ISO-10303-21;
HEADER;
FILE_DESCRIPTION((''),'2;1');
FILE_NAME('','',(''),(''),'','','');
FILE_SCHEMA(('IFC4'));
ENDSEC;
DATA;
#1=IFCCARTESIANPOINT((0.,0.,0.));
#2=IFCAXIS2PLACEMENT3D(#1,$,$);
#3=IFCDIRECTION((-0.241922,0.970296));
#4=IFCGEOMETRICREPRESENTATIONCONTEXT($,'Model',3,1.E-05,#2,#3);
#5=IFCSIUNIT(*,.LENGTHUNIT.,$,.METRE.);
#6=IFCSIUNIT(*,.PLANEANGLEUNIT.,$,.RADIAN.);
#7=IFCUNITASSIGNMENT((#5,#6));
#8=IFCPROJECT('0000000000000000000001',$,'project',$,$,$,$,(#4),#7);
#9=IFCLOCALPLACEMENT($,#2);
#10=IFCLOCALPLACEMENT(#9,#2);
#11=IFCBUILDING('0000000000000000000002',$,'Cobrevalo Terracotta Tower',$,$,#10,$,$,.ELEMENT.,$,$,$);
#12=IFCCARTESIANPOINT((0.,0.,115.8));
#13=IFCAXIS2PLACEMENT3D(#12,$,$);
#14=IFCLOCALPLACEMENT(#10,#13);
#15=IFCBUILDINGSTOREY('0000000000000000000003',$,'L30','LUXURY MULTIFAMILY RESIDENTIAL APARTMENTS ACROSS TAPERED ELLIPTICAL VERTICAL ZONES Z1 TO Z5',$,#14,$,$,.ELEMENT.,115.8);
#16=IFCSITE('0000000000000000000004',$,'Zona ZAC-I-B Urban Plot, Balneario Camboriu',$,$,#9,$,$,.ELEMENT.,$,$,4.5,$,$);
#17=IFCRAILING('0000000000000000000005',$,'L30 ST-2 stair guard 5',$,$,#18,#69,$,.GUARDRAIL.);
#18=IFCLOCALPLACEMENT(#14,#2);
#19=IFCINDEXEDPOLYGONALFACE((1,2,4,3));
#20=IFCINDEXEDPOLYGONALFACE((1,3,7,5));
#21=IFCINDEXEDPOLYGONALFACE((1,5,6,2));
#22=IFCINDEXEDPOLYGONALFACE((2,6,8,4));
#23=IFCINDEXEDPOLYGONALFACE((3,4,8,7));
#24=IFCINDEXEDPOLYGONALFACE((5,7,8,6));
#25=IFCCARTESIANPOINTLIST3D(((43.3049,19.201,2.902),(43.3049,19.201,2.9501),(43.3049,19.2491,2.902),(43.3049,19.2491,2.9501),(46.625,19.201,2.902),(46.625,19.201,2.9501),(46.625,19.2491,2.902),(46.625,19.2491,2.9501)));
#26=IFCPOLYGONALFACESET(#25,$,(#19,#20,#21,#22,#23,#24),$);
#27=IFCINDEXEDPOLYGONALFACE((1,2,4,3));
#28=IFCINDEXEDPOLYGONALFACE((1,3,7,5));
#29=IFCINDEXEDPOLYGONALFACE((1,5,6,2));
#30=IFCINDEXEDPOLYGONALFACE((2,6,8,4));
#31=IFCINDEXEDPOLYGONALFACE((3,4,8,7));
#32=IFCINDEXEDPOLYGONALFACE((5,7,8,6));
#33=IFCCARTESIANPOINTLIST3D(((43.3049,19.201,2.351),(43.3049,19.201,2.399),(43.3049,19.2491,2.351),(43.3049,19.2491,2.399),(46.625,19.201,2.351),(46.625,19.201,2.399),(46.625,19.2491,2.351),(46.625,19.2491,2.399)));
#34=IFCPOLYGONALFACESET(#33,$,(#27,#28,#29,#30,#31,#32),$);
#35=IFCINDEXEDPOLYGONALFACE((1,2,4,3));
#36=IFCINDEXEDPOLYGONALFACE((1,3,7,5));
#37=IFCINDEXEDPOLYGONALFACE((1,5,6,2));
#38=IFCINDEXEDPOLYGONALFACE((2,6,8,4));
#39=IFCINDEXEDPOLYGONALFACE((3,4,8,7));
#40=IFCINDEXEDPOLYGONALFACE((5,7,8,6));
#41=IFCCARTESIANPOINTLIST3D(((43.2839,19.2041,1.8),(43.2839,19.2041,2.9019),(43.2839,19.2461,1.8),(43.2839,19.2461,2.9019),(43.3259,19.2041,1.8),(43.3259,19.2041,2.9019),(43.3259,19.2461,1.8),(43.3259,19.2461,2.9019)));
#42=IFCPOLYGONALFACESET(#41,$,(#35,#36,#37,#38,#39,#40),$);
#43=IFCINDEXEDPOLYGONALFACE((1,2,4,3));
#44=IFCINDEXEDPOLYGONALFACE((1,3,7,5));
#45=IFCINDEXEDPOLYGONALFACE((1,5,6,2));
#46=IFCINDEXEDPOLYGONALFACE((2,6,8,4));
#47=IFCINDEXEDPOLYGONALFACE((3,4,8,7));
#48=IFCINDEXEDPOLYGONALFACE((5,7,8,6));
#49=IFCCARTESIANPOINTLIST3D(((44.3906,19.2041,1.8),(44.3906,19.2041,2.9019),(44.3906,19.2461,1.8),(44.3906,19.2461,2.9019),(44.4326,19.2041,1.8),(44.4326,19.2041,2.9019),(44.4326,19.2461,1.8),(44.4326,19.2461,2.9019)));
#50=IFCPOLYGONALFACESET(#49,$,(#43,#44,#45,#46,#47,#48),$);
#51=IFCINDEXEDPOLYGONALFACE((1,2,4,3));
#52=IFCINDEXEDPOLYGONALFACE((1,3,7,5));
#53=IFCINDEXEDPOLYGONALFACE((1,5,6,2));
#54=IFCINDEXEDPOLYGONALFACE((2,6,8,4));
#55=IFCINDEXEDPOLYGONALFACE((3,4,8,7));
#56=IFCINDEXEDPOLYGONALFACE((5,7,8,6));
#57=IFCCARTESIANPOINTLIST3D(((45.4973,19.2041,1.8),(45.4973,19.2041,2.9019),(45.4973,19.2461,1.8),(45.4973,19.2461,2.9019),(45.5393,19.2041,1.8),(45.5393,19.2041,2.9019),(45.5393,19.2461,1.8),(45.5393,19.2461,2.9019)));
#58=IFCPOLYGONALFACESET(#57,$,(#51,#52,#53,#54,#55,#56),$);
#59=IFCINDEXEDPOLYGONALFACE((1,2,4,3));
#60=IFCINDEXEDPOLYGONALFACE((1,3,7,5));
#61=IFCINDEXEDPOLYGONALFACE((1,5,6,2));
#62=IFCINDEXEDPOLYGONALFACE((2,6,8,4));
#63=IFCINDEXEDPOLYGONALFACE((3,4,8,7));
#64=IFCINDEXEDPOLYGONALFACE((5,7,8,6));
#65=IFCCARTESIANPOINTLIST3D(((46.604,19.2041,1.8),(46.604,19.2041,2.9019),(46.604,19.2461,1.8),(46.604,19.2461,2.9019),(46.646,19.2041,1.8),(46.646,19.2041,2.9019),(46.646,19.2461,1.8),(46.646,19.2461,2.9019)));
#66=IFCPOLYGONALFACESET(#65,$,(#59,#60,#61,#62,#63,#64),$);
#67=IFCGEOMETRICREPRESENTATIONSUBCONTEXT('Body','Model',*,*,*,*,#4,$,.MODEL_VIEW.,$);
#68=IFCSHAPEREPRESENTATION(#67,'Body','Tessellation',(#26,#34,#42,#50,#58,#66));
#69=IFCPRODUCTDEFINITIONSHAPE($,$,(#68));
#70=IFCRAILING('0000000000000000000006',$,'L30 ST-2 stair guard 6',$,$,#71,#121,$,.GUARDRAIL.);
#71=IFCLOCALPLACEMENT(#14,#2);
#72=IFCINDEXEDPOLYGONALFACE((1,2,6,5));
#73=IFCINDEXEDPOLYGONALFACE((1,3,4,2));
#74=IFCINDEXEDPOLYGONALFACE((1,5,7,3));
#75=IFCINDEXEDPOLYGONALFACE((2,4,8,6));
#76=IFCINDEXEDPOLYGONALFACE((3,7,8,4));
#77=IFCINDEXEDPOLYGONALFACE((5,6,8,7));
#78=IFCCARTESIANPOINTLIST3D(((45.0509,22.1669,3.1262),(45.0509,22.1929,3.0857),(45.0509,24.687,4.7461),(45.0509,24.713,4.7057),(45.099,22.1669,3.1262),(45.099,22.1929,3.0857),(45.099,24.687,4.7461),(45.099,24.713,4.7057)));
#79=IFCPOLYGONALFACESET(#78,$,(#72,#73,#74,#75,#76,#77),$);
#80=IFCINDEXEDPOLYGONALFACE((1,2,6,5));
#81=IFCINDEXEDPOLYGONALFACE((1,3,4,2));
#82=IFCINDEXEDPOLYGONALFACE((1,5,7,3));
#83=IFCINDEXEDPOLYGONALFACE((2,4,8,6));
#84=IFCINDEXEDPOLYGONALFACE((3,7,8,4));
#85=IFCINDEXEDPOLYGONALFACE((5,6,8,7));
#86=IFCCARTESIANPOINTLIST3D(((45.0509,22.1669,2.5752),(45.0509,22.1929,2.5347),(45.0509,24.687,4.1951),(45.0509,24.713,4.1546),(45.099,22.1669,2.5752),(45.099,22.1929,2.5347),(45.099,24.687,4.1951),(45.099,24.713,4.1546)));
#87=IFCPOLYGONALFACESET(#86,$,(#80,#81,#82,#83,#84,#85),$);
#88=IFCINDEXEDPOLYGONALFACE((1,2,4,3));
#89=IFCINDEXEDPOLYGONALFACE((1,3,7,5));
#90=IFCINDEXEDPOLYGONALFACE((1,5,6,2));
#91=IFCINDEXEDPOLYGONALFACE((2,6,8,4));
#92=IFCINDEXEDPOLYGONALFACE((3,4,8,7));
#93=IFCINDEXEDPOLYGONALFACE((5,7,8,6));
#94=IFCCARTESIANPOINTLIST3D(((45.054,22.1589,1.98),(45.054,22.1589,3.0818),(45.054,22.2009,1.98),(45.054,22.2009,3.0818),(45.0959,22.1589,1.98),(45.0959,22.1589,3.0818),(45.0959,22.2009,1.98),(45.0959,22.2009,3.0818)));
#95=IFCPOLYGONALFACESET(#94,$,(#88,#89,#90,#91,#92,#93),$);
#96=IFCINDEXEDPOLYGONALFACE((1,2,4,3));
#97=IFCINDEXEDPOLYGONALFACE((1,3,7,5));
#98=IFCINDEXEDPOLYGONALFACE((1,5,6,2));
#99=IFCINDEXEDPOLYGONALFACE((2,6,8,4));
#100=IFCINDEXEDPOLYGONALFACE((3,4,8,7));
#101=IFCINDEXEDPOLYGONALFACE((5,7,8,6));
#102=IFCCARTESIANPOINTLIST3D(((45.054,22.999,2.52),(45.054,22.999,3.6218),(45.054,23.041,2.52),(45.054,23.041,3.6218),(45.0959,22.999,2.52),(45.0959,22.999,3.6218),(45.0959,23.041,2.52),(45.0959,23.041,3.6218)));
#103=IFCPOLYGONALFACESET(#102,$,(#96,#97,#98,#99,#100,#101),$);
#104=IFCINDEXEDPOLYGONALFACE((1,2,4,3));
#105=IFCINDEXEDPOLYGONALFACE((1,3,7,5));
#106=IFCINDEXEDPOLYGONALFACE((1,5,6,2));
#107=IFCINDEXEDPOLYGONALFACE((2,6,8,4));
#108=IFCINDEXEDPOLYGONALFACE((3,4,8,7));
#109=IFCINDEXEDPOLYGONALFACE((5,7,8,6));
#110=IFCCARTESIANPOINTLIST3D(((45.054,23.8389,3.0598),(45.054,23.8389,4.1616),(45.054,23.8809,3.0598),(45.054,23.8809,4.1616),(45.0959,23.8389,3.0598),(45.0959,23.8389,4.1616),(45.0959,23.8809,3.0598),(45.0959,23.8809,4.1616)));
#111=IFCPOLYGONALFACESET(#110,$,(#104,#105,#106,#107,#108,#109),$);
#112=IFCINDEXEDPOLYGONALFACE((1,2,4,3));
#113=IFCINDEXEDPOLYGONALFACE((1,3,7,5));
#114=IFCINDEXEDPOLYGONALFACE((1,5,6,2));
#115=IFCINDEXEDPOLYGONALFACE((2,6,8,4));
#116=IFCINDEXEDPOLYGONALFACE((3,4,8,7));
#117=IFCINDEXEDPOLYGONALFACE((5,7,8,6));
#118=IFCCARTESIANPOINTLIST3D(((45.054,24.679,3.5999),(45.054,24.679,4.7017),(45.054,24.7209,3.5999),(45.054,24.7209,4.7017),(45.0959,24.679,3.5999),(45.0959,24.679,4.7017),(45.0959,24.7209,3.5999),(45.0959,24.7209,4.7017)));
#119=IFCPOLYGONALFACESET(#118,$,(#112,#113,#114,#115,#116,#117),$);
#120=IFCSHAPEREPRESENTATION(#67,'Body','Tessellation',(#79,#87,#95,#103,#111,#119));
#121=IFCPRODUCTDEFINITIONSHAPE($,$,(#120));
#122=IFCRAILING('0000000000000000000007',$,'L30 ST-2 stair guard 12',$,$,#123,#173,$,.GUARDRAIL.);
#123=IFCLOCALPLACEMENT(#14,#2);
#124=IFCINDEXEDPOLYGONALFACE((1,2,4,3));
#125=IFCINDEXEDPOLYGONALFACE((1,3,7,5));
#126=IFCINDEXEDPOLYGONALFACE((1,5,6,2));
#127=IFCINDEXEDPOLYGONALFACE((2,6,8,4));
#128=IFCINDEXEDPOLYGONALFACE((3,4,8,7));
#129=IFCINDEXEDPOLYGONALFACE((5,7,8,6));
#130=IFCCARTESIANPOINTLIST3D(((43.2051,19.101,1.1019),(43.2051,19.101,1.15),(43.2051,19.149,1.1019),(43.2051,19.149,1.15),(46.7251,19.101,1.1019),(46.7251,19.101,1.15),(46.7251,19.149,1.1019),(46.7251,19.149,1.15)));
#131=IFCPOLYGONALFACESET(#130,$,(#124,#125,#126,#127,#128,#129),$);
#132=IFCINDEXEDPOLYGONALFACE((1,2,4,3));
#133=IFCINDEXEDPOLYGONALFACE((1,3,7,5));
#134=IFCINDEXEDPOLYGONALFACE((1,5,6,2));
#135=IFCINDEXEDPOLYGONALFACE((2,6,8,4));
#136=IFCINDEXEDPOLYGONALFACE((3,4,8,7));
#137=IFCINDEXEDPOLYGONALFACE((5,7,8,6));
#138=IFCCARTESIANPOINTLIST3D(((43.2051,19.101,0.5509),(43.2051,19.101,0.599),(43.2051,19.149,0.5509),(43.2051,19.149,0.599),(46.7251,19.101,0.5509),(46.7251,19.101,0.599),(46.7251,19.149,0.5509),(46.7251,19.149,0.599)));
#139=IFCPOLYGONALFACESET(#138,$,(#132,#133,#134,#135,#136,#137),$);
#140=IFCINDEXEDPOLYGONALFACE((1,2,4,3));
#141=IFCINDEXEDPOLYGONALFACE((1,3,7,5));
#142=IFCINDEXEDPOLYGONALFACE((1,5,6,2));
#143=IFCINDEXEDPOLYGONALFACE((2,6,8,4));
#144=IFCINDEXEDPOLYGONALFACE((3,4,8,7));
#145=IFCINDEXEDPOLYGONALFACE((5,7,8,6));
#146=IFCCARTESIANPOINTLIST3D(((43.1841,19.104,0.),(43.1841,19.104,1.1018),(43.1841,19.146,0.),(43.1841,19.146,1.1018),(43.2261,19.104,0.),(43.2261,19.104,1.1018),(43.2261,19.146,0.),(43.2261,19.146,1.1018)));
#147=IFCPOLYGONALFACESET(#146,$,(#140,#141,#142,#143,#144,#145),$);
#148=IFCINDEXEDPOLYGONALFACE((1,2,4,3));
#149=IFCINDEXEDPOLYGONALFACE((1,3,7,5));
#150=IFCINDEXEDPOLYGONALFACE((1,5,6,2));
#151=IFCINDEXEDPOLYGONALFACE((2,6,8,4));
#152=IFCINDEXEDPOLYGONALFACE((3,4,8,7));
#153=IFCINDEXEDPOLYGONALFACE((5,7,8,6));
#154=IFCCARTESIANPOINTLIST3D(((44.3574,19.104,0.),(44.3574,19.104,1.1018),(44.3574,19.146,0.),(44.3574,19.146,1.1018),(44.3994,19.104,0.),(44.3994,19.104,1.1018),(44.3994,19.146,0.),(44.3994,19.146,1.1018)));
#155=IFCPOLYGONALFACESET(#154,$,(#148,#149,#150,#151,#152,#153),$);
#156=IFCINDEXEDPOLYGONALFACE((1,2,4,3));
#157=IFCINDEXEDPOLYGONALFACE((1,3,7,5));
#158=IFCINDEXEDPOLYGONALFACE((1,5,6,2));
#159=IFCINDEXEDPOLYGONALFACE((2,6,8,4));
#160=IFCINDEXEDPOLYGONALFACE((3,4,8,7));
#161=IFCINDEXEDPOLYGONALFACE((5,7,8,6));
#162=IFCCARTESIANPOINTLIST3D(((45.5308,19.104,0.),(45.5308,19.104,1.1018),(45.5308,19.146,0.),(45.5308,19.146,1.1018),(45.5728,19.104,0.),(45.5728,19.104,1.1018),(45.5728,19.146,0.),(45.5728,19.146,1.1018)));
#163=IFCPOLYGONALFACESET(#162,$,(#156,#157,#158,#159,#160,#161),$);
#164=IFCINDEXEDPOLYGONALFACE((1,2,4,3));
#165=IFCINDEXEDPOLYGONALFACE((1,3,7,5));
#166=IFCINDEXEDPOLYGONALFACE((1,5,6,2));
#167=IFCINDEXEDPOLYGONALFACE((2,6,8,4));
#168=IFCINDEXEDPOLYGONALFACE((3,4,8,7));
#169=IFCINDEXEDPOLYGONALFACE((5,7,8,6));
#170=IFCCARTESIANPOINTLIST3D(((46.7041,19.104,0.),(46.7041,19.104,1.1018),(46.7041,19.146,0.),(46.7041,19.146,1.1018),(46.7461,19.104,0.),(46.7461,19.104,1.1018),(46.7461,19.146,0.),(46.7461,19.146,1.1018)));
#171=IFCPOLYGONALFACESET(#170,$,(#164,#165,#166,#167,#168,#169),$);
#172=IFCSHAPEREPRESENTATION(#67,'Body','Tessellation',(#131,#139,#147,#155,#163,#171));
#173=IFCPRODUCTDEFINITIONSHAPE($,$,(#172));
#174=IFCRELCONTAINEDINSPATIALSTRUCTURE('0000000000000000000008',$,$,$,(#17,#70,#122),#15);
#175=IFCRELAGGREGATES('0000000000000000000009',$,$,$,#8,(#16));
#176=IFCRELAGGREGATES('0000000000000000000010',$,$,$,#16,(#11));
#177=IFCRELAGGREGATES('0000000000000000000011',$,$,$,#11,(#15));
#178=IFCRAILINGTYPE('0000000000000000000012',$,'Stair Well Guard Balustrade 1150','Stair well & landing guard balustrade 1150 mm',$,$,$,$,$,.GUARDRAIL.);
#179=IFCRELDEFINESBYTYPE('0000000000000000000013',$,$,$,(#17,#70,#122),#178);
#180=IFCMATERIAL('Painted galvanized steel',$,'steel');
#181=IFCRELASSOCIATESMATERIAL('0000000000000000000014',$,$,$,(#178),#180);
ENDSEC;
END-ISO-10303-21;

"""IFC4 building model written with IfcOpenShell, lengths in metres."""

from ifc_helpers import new_model, si_unit, direction, frame, origin, origin_2d, place, context, subcontext, project, spatial, rectangle, extrude, material, type_object, element, save


model = new_model("IFC4")

# Units and contexts
model_context = context("Model", 3, precision=1e-05, world=origin(), true_north=direction((-0.241922, 0.970296)))
body_context = subcontext(model_context, "Body", "Model", "MODEL_VIEW")
ifc_project = project(units=[si_unit("LENGTHUNIT", "METRE"), si_unit("PLANEANGLEUNIT", "RADIAN")], contexts=[model_context])

# Site, building, storey
site_placement = place(None, origin())
site = spatial("IfcSite", under=ifc_project, at=site_placement, Name="Zona ZAC-I-B Urban Plot, Balneario Camboriu", CompositionType="ELEMENT", RefElevation=4.5)
building_placement = place(site_placement, origin())
building = spatial("IfcBuilding", under=site, at=building_placement, Name="Cobrevalo Terracotta Tower", CompositionType="ELEMENT")
storey_placement = place(building_placement, frame((0.0, 0.0, 115.8)))
storey = spatial("IfcBuildingStorey", under=building, at=storey_placement, Name="L30", Description="LUXURY MULTIFAMILY RESIDENTIAL APARTMENTS ACROSS TAPERED ELLIPTICAL VERTICAL ZONES Z1 TO Z5", CompositionType="ELEMENT", Elevation=115.8)

# Railings
ifc_material_1 = material(Name="Painted galvanized steel", Category="steel")
railing_type_1 = type_object("IfcRailingType", Name="Stair Well Guard Balustrade 1150", Description="Stair well & landing guard balustrade 1150 mm", PredefinedType="GUARDRAIL", material=ifc_material_1)
railing_1_placement = place(storey_placement, frame((43.3049, 19.2251, 1.8)))
element("IfcRailing", 1, at=railing_1_placement, inside=storey, type_object=railing_type_1, Name="L30 ST-2 stair guard 5", PredefinedType="GUARDRAIL", context=body_context, shape_type="SweptSolid", body=[
    extrude(rectangle(XDim=0.0481, YDim=0.0481, at=origin_2d()), frame((0.0, 0.0, 1.126), z_axis=(1.0, 0.0, 0.0), x_axis=(0.0, 1.0, 0.0)), (0.0, 0.0, 1.0), 3.3201),
    extrude(rectangle(XDim=0.0481, YDim=0.0481, at=origin_2d()), frame((0.0, 0.0, 0.575), z_axis=(1.0, 0.0, 0.0), x_axis=(0.0, 1.0, 0.0)), (0.0, 0.0, 1.0), 3.3201),
    extrude(rectangle(XDim=0.042, YDim=0.042, at=origin_2d()), origin(), (0.0, 0.0, 1.0), 1.1018),
    extrude(rectangle(XDim=0.042, YDim=0.042, at=origin_2d()), frame((1.1067, 0.0, 0.0)), (0.0, 0.0, 1.0), 1.1018),
    extrude(rectangle(XDim=0.042, YDim=0.042, at=origin_2d()), frame((2.2134, 0.0, 0.0)), (0.0, 0.0, 1.0), 1.1018),
    extrude(rectangle(XDim=0.042, YDim=0.042, at=origin_2d()), frame((3.3201, 0.0, 0.0)), (0.0, 0.0, 1.0), 1.1018),
])
railing_2_placement = place(storey_placement, frame((45.075, 22.1799, 1.98)))
element("IfcRailing", 2, at=railing_2_placement, inside=storey, type_object=railing_type_1, Name="L30 ST-2 stair guard 6", PredefinedType="GUARDRAIL", context=body_context, shape_type="SweptSolid", body=[
    extrude(rectangle(XDim=0.0481, YDim=0.0481, at=origin_2d()), frame((0.0, 0.0, 1.126), z_axis=(0.0, 0.8412, 0.540725), x_axis=(-1.0, 0.0, 0.0)), (0.0, 0.0, 1.0), 2.9958),
    extrude(rectangle(XDim=0.0481, YDim=0.0481, at=origin_2d()), frame((0.0, 0.0, 0.575), z_axis=(0.0, 0.8412, 0.540725), x_axis=(-1.0, 0.0, 0.0)), (0.0, 0.0, 1.0), 2.9958),
    extrude(rectangle(XDim=0.042, YDim=0.042, at=origin_2d()), origin(), (0.0, 0.0, 1.0), 1.1018),
    extrude(rectangle(XDim=0.042, YDim=0.042, at=origin_2d()), frame((0.0, 0.8401, 0.54)), (0.0, 0.0, 1.0), 1.1018),
    extrude(rectangle(XDim=0.042, YDim=0.042, at=origin_2d()), frame((0.0, 1.6799, 1.0798)), (0.0, 0.0, 1.0), 1.1018),
    extrude(rectangle(XDim=0.042, YDim=0.042, at=origin_2d()), frame((0.0, 2.52, 1.6199)), (0.0, 0.0, 1.0), 1.1018),
])
railing_3_placement = place(storey_placement, frame((43.2051, 19.125, 0.0)))
element("IfcRailing", 3, at=railing_3_placement, inside=storey, type_object=railing_type_1, Name="L30 ST-2 stair guard 12", PredefinedType="GUARDRAIL", context=body_context, shape_type="SweptSolid", body=[
    extrude(rectangle(XDim=0.0481, YDim=0.0481, at=origin_2d()), frame((0.0, 0.0, 1.126), z_axis=(1.0, 0.0, 0.0), x_axis=(0.0, 1.0, 0.0)), (0.0, 0.0, 1.0), 3.52),
    extrude(rectangle(XDim=0.0481, YDim=0.0481, at=origin_2d()), frame((0.0, 0.0, 0.575), z_axis=(1.0, 0.0, 0.0), x_axis=(0.0, 1.0, 0.0)), (0.0, 0.0, 1.0), 3.52),
    extrude(rectangle(XDim=0.042, YDim=0.042, at=origin_2d()), origin(), (0.0, 0.0, 1.0), 1.1018),
    extrude(rectangle(XDim=0.042, YDim=0.042, at=origin_2d()), frame((1.1733, 0.0, 0.0)), (0.0, 0.0, 1.0), 1.1018),
    extrude(rectangle(XDim=0.042, YDim=0.042, at=origin_2d()), frame((2.3467, 0.0, 0.0)), (0.0, 0.0, 1.0), 1.1018),
    extrude(rectangle(XDim=0.042, YDim=0.042, at=origin_2d()), frame((3.52, 0.0, 0.0)), (0.0, 0.0, 1.0), 1.1018),
])

save(model, "model.ifc")
